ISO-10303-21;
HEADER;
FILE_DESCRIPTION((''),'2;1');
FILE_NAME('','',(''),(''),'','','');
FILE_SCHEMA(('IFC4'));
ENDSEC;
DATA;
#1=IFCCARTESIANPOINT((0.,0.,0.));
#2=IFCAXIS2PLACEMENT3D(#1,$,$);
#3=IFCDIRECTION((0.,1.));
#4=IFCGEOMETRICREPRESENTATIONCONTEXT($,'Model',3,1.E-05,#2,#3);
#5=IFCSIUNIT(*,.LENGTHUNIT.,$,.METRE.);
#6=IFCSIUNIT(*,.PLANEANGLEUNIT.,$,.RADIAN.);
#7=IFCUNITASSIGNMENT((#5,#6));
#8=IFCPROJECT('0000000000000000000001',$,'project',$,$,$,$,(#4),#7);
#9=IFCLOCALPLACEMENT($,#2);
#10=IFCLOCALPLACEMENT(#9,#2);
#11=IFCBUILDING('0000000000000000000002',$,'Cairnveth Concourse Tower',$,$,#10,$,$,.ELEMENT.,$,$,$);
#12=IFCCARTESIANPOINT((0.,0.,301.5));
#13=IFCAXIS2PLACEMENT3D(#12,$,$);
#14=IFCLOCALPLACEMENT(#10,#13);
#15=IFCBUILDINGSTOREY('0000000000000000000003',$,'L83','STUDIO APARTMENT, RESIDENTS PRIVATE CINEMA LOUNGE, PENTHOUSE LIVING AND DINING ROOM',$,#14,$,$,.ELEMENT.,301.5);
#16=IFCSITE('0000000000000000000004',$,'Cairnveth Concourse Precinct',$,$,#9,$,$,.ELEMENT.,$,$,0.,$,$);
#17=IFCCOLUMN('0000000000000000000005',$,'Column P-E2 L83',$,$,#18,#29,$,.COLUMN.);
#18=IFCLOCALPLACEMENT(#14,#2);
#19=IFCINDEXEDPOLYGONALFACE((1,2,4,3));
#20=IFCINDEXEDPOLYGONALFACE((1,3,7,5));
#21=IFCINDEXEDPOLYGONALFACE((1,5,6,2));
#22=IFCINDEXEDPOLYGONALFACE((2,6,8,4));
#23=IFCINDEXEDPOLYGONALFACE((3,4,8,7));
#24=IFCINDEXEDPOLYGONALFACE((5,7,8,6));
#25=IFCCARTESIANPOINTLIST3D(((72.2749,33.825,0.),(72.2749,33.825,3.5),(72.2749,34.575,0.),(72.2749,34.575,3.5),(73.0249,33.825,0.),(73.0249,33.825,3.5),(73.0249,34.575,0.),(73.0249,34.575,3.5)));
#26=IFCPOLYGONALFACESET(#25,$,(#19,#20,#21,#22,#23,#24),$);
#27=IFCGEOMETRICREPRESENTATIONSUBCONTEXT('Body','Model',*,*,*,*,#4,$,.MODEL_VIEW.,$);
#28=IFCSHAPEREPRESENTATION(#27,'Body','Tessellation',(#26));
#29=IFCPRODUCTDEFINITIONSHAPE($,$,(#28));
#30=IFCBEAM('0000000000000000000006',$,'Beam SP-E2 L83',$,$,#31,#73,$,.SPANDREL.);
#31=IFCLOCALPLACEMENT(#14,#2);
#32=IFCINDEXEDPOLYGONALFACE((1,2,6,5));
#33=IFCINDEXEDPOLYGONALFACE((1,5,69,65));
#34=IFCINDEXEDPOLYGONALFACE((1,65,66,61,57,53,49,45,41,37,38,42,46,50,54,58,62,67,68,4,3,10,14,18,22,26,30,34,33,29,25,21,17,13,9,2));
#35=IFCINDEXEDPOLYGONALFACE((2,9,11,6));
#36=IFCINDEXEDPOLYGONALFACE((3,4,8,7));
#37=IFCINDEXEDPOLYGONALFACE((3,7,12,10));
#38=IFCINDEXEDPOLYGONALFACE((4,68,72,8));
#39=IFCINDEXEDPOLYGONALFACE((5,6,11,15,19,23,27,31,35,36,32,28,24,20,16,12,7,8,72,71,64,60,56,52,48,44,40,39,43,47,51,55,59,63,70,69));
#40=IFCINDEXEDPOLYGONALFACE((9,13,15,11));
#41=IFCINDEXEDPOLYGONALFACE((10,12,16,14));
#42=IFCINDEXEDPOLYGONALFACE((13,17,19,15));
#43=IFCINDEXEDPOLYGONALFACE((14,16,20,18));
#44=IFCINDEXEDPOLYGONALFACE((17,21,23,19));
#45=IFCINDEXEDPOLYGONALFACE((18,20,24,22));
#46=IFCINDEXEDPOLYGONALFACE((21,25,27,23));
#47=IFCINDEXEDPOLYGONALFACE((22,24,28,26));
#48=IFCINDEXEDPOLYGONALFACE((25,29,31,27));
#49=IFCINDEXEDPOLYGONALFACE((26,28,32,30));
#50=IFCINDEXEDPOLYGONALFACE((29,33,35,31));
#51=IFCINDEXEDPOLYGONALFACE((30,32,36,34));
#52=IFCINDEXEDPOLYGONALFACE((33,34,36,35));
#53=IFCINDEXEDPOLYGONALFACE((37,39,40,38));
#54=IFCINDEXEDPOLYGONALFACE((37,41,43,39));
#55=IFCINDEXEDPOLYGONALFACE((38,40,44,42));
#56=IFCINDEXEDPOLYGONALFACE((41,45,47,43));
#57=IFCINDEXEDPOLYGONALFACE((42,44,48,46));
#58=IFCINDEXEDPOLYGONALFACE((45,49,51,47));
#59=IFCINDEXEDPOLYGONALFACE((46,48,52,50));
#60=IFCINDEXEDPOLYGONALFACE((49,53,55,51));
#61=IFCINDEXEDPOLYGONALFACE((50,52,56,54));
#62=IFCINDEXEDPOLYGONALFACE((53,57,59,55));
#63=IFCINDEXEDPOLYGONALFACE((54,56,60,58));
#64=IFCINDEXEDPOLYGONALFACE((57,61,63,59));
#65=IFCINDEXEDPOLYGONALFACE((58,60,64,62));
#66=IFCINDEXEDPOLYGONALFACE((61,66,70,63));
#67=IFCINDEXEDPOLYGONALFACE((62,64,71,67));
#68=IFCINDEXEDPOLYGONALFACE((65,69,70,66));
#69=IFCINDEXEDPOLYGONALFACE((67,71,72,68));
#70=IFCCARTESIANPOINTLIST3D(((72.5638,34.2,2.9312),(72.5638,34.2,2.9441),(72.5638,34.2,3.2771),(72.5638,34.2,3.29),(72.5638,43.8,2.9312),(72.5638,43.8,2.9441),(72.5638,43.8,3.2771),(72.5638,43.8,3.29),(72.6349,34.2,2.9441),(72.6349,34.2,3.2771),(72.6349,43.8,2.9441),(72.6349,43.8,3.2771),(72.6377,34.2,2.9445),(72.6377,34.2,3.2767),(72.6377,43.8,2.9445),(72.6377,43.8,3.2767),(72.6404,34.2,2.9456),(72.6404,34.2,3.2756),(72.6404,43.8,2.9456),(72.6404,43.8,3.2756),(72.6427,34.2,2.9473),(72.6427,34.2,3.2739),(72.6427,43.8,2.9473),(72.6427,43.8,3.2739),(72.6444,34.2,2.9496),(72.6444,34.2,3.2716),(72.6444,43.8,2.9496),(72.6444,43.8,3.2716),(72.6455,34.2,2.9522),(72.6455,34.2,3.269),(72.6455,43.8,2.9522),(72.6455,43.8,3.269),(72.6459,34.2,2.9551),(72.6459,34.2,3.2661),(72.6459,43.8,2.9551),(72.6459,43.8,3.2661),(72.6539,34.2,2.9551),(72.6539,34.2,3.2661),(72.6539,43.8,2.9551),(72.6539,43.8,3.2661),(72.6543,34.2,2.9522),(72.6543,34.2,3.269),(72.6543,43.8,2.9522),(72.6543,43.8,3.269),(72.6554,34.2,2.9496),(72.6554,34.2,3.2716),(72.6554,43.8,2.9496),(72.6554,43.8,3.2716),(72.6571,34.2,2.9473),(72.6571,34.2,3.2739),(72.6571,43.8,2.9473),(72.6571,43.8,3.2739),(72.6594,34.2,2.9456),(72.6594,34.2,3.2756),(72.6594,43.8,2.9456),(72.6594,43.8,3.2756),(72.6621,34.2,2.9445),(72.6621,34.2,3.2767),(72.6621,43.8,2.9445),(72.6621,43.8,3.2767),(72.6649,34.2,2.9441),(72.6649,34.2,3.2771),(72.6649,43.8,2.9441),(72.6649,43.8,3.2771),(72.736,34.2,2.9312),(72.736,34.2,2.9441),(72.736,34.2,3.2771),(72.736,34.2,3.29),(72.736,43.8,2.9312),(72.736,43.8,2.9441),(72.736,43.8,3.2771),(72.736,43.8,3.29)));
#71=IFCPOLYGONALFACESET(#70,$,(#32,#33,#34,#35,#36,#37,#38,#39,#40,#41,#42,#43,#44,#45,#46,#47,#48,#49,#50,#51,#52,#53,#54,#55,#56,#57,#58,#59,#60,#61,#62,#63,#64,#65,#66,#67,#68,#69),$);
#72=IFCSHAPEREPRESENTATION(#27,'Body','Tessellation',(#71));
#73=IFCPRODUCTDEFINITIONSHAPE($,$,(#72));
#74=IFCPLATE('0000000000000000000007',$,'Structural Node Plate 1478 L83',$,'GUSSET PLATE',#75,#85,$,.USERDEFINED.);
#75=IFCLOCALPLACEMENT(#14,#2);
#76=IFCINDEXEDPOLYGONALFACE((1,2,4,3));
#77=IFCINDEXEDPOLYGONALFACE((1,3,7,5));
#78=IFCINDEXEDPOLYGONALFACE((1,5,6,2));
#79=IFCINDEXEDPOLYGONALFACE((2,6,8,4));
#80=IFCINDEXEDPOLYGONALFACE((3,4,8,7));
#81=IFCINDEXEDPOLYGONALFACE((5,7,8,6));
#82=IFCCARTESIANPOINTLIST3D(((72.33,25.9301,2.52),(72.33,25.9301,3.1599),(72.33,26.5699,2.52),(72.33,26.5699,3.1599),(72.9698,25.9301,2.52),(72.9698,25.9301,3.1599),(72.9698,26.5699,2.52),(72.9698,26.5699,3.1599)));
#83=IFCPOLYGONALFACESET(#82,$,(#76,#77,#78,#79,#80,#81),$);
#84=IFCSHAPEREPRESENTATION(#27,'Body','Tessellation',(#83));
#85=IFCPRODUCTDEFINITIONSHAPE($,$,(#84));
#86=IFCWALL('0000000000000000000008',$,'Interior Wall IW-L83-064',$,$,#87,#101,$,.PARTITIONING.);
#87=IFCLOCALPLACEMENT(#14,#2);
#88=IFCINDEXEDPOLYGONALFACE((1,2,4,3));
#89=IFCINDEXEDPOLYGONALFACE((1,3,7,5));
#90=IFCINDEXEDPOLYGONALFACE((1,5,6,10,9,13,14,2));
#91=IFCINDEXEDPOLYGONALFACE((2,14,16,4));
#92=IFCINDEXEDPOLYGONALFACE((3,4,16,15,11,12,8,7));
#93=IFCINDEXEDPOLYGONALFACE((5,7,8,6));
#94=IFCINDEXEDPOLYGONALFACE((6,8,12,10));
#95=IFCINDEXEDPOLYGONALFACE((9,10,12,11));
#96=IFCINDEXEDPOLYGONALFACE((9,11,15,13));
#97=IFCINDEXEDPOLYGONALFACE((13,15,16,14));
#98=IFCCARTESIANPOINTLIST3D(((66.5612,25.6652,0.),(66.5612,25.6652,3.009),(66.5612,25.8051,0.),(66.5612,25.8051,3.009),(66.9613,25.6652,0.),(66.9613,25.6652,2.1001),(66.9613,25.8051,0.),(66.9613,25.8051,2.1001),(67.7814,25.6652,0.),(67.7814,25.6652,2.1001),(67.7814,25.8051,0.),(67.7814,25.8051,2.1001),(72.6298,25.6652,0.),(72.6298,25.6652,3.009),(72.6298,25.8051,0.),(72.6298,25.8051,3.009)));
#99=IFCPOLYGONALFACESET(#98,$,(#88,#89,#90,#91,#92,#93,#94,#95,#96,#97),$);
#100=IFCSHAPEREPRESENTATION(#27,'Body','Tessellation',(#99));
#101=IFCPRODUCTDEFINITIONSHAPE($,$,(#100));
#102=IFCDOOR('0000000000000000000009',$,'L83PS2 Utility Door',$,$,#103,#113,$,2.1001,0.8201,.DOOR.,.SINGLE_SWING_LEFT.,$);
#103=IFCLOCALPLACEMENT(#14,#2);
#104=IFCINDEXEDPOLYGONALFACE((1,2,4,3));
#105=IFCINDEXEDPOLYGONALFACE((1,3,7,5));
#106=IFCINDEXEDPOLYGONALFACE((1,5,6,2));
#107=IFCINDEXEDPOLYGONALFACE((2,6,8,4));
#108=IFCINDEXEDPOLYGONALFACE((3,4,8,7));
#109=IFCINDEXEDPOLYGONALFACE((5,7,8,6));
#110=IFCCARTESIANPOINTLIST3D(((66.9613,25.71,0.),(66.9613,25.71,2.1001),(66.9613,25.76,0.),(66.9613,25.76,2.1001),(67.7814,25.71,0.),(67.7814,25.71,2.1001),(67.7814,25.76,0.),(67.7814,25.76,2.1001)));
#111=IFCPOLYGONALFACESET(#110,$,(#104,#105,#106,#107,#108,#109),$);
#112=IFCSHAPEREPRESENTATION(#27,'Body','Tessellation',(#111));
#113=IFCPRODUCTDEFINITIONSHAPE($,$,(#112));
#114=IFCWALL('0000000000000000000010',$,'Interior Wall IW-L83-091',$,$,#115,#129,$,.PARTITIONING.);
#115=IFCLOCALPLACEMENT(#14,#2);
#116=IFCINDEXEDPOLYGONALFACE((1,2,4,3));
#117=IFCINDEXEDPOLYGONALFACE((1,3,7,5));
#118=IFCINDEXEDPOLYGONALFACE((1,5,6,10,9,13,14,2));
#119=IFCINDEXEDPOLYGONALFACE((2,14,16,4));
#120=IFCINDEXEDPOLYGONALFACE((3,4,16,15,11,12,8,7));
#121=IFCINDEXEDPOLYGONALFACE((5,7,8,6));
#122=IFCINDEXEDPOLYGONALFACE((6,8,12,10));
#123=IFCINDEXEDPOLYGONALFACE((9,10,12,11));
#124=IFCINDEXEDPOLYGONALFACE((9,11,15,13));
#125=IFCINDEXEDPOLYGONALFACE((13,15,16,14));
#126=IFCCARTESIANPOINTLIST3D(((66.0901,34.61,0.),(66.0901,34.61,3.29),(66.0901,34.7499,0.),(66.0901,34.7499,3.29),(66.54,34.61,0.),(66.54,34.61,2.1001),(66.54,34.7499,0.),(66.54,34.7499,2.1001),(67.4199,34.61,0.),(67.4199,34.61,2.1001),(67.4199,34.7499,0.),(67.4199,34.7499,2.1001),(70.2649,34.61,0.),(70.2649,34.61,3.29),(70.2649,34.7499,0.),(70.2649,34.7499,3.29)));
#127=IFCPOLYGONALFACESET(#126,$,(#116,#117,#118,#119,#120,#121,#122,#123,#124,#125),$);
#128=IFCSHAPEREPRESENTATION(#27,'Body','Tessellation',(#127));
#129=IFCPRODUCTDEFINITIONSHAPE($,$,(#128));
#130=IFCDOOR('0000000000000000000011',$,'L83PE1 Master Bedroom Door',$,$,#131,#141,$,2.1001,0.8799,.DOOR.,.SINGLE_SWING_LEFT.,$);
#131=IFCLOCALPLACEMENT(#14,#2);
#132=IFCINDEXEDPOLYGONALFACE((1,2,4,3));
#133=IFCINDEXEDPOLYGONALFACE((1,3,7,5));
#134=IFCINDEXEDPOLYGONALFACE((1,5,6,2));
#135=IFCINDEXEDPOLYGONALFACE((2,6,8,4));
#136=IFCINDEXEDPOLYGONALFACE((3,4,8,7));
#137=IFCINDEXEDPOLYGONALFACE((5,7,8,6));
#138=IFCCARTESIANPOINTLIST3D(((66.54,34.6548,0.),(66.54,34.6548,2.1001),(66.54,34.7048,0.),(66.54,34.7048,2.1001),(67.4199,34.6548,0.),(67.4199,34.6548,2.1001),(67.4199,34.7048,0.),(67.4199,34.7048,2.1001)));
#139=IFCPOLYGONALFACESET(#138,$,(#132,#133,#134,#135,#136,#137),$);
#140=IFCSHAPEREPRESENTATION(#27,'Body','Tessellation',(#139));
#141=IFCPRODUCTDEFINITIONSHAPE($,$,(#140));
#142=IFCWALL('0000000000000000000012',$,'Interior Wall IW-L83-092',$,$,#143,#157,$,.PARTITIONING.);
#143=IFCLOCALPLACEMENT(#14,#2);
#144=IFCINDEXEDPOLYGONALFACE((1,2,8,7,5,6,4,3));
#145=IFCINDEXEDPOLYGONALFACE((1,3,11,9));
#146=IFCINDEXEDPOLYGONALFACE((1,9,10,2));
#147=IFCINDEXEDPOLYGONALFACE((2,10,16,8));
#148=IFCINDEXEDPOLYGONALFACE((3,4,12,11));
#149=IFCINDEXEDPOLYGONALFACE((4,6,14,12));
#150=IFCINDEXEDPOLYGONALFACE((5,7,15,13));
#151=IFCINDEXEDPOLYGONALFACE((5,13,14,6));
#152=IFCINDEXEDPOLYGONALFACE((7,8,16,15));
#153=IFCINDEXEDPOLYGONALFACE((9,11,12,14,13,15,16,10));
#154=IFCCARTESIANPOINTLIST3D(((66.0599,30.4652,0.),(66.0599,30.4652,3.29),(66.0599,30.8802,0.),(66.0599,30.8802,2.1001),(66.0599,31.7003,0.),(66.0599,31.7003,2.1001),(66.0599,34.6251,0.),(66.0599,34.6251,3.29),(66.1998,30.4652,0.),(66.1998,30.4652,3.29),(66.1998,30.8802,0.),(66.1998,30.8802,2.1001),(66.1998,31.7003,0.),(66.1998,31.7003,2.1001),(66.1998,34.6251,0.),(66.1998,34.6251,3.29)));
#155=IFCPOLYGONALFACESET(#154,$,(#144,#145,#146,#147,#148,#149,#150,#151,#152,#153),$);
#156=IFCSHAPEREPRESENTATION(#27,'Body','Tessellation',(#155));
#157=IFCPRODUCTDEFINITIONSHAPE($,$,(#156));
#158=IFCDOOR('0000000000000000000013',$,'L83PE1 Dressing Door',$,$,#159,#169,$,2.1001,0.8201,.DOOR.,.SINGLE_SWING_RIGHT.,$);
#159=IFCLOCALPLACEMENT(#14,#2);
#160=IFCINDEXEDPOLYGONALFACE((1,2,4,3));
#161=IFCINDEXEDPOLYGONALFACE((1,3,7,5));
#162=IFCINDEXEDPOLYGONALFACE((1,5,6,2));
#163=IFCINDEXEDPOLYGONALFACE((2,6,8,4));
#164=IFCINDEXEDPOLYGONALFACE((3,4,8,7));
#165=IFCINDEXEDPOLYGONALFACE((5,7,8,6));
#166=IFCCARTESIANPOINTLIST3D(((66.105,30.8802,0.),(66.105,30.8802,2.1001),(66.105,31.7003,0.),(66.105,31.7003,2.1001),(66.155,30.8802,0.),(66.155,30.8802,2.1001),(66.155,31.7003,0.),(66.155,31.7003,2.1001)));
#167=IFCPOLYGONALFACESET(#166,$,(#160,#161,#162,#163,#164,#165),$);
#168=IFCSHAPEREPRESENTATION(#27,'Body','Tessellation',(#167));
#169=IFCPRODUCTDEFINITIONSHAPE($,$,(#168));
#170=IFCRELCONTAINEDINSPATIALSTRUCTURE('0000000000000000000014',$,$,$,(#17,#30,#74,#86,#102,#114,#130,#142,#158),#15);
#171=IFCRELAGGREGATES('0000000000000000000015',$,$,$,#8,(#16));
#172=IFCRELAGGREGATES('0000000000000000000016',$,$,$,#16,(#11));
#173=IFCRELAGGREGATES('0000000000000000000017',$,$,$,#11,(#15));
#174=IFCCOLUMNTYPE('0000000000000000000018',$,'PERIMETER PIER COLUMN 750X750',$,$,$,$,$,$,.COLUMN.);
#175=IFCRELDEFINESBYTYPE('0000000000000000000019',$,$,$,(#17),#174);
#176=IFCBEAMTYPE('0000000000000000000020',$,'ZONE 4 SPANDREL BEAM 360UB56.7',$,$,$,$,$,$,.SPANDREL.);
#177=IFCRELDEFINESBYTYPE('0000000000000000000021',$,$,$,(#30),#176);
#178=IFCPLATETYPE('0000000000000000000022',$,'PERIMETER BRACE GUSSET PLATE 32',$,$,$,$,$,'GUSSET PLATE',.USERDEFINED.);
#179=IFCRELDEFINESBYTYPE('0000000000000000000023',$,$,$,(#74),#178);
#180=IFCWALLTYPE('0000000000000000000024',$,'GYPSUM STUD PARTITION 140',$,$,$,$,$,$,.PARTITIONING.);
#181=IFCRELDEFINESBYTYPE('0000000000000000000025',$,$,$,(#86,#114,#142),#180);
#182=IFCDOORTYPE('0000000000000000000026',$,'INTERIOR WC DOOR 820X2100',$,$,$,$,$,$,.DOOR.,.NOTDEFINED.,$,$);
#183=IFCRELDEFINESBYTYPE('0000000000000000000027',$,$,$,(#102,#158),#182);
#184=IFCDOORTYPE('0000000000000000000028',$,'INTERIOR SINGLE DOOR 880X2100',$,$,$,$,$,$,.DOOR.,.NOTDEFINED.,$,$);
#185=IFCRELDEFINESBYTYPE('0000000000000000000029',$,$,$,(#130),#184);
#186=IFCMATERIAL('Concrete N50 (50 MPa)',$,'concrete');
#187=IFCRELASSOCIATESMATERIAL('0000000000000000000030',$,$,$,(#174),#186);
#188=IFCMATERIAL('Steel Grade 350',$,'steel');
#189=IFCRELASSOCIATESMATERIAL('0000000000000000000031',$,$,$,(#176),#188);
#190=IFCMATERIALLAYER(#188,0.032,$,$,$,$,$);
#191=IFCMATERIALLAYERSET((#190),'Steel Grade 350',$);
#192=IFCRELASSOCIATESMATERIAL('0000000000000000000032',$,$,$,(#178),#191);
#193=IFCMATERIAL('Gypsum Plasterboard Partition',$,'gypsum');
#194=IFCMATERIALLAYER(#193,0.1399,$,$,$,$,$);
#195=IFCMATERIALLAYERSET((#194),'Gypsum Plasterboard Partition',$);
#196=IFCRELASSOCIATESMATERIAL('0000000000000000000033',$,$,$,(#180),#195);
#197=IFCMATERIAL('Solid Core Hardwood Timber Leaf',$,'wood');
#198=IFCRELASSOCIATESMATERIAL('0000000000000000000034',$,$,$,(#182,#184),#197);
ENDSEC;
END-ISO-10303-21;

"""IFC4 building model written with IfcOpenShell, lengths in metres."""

from ifc_helpers import new_model, si_unit, direction, frame, frame_2d, origin, origin_2d, place, context, subcontext, project, spatial, rectangle, i_section, extrude, material, layer, layer_set, material_profile, profile_set, type_object, element, fill, save


model = new_model("IFC4")

# Units and contexts
model_context = context("Model", 3, precision=1e-05, world=origin(), true_north=direction((0.0, 1.0)))
body_context = subcontext(model_context, "Body", "Model", "MODEL_VIEW")
ifc_project = project(units=[si_unit("LENGTHUNIT", "METRE"), si_unit("PLANEANGLEUNIT", "RADIAN")], contexts=[model_context])

# Site, building, storey
site_placement = place(None, origin())
site = spatial("IfcSite", under=ifc_project, at=site_placement, Name="Cairnveth Concourse Precinct", CompositionType="ELEMENT", RefElevation=0.0)
building_placement = place(site_placement, origin())
building = spatial("IfcBuilding", under=site, at=building_placement, Name="Cairnveth Concourse Tower", CompositionType="ELEMENT")
storey_placement = place(building_placement, frame((0.0, 0.0, 301.5)))
storey = spatial("IfcBuildingStorey", under=building, at=storey_placement, Name="L83", Description="STUDIO APARTMENT, RESIDENTS PRIVATE CINEMA LOUNGE, PENTHOUSE LIVING AND DINING ROOM", CompositionType="ELEMENT", Elevation=301.5)

# Column
ifc_material_1 = material(Name="Concrete N50 (50 MPa)", Category="concrete")
ifc_material_profile_1 = material_profile(ifc_material_1, rectangle(XDim=0.75, YDim=0.75, at=origin_2d()), Name="RC-COL-750x750")
ifc_profile_set_1 = profile_set([ifc_material_profile_1], Name="Concrete N50 (50 MPa)")
column_type = type_object("IfcColumnType", Name="PERIMETER PIER COLUMN 750X750", PredefinedType="COLUMN", material=ifc_profile_set_1)
column_placement = place(storey_placement, frame((72.6499, 34.2, 0.0), z_axis=(0.0, 0.0, 1.0), x_axis=(0.0, 1.0, 0.0)))
element("IfcColumn", 1, at=column_placement, inside=storey, type_object=column_type, Name="Column P-E2 L83", PredefinedType="COLUMN", context=body_context, shape_type="SweptSolid", body=[
    extrude(rectangle(XDim=0.75, YDim=0.75, at=origin_2d()), origin(), (0.0, 0.0, 1.0), 3.5),
])

# Beam
ifc_material_2 = material(Name="Steel Grade 350", Category="steel")
ifc_material_profile_2 = material_profile(ifc_material_2, i_section(OverallWidth=0.1721, OverallDepth=0.3589, WebThickness=0.0081, FlangeThickness=0.0129, FilletRadius=0.011, at=origin_2d()), Name="360UB56.7")
ifc_profile_set_2 = profile_set([ifc_material_profile_2], Name="Steel Grade 350")
beam_type = type_object("IfcBeamType", Name="ZONE 4 SPANDREL BEAM 360UB56.7", PredefinedType="SPANDREL", material=ifc_profile_set_2)
beam_placement = place(storey_placement, frame((72.6499, 34.2, 3.1106), z_axis=(0.0, 1.0, 0.0), x_axis=(-1.0, 0.0, 0.0)))
element("IfcBeam", 2, at=beam_placement, inside=storey, type_object=beam_type, Name="Beam SP-E2 L83", PredefinedType="SPANDREL", context=body_context, shape_type="SweptSolid", body=[
    extrude(i_section(OverallWidth=0.1721, OverallDepth=0.3589, WebThickness=0.0081, FlangeThickness=0.0129, FilletRadius=0.011, at=origin_2d()), origin(), (0.0, 0.0, 1.0), 9.6001),
])

# Plate
ifc_layer_1 = layer(ifc_material_2, 0.032)
ifc_layer_set_1 = layer_set([ifc_layer_1], Name="Steel Grade 350")
plate_type = type_object("IfcPlateType", Name="PERIMETER BRACE GUSSET PLATE 32", ElementType="GUSSET PLATE", PredefinedType="USERDEFINED", material=ifc_layer_set_1)
plate_placement = place(storey_placement, frame((72.6499, 26.25, 2.52), z_axis=(0.0, 0.0, 1.0), x_axis=(1.0, 0.0, 0.0)))
element("IfcPlate", 3, at=plate_placement, inside=storey, type_object=plate_type, Name="Structural Node Plate 1478 L83", ObjectType="GUSSET PLATE", PredefinedType="USERDEFINED", context=body_context, shape_type="SweptSolid", body=[
    extrude(rectangle(XDim=0.6399, YDim=0.6399, at=origin_2d()), origin(), (0.0, 0.0, 1.0), 0.6399),
])

# Walls, openings, doors
ifc_material_3 = material(Name="Gypsum Plasterboard Partition", Category="gypsum")
ifc_layer_2 = layer(ifc_material_3, 0.1399)
ifc_layer_set_2 = layer_set([ifc_layer_2], Name="Gypsum Plasterboard Partition")
wall_type_1 = type_object("IfcWallType", Name="GYPSUM STUD PARTITION 140", PredefinedType="PARTITIONING", material=ifc_layer_set_2)
wall_1_placement = place(storey_placement, frame((66.5613, 25.7351, 0.0), z_axis=(0.0, 0.0, 1.0), x_axis=(1.0, 0.0, 0.0)))
wall_1 = element("IfcWall", 4, at=wall_1_placement, inside=storey, type_object=wall_type_1, Name="Interior Wall IW-L83-064", PredefinedType="PARTITIONING", context=body_context, shape_type="SweptSolid", body=[
    extrude(rectangle(XDim=6.0686, YDim=0.1399, at=frame_2d((3.0342, 0.0))), origin(), (0.0, 0.0, 1.0), 3.009),
])
opening_1_placement = place(wall_1_placement, frame((0.3999, 0.0, 0.0)))
opening_1 = element("IfcOpeningElement", 5, at=opening_1_placement, cuts=wall_1, PredefinedType="OPENING", context=body_context, shape_type="SweptSolid", body=[
    extrude(rectangle(XDim=0.8201, YDim=2.1001, at=frame_2d((0.4102, 1.05))), frame((0.0, 0.0798, 0.0), z_axis=(0.0, -1.0, 0.0), x_axis=(1.0, 0.0, 0.0)), (0.0, 0.0, 1.0), 0.1599),
])
ifc_material_4 = material(Name="Solid Core Hardwood Timber Leaf", Category="wood")
door_type_1 = type_object("IfcDoorType", Name="INTERIOR WC DOOR 820X2100", OperationType="NOTDEFINED", PredefinedType="DOOR", material=ifc_material_4)
door_1_placement = place(opening_1_placement, origin())
door_1 = element("IfcDoor", 6, at=door_1_placement, inside=storey, type_object=door_type_1, Name="L83PS2 Utility Door", OperationType="SINGLE_SWING_LEFT", OverallHeight=2.1001, OverallWidth=0.8201, PredefinedType="DOOR", context=body_context, shape_type="SweptSolid", body=[
    extrude(rectangle(XDim=0.8201, YDim=2.1001, at=frame_2d((0.4102, 1.05))), frame((0.0, 0.0249, 0.0), z_axis=(0.0, -1.0, 0.0), x_axis=(1.0, 0.0, 0.0)), (0.0, 0.0, 1.0), 0.05),
])
fill(opening_1, door_1)
wall_2_placement = place(storey_placement, frame((66.0901, 34.6799, 0.0), z_axis=(0.0, 0.0, 1.0), x_axis=(1.0, 0.0, 0.0)))
wall_2 = element("IfcWall", 7, at=wall_2_placement, inside=storey, type_object=wall_type_1, Name="Interior Wall IW-L83-091", PredefinedType="PARTITIONING", context=body_context, shape_type="SweptSolid", body=[
    extrude(rectangle(XDim=4.1748, YDim=0.1399, at=frame_2d((2.0874, 0.0))), origin(), (0.0, 0.0, 1.0), 3.29),
])
opening_2_placement = place(wall_2_placement, frame((0.45, 0.0, 0.0)))
opening_2 = element("IfcOpeningElement", 8, at=opening_2_placement, cuts=wall_2, PredefinedType="OPENING", context=body_context, shape_type="SweptSolid", body=[
    extrude(rectangle(XDim=0.8799, YDim=2.1001, at=frame_2d((0.4399, 1.05))), frame((0.0, 0.0798, 0.0), z_axis=(0.0, -1.0, 0.0), x_axis=(1.0, 0.0, 0.0)), (0.0, 0.0, 1.0), 0.1599),
])
door_type_2 = type_object("IfcDoorType", Name="INTERIOR SINGLE DOOR 880X2100", OperationType="NOTDEFINED", PredefinedType="DOOR", material=ifc_material_4)
door_2_placement = place(opening_2_placement, origin())
door_2 = element("IfcDoor", 9, at=door_2_placement, inside=storey, type_object=door_type_2, Name="L83PE1 Master Bedroom Door", OperationType="SINGLE_SWING_LEFT", OverallHeight=2.1001, OverallWidth=0.8799, PredefinedType="DOOR", context=body_context, shape_type="SweptSolid", body=[
    extrude(rectangle(XDim=0.8799, YDim=2.1001, at=frame_2d((0.4399, 1.05))), frame((0.0, 0.0249, 0.0), z_axis=(0.0, -1.0, 0.0), x_axis=(1.0, 0.0, 0.0)), (0.0, 0.0, 1.0), 0.05),
])
fill(opening_2, door_2)
wall_3_placement = place(storey_placement, frame((66.1299, 30.4651, 0.0), z_axis=(0.0, 0.0, 1.0), x_axis=(0.0, 1.0, 0.0)))
wall_3 = element("IfcWall", 10, at=wall_3_placement, inside=storey, type_object=wall_type_1, Name="Interior Wall IW-L83-092", PredefinedType="PARTITIONING", context=body_context, shape_type="SweptSolid", body=[
    extrude(rectangle(XDim=4.1599, YDim=0.1399, at=frame_2d((2.0801, 0.0))), origin(), (0.0, 0.0, 1.0), 3.29),
])
opening_3_placement = place(wall_3_placement, frame((0.415, 0.0, 0.0)))
opening_3 = element("IfcOpeningElement", 11, at=opening_3_placement, cuts=wall_3, PredefinedType="OPENING", context=body_context, shape_type="SweptSolid", body=[
    extrude(rectangle(XDim=0.8201, YDim=2.1001, at=frame_2d((0.4102, 1.05))), frame((0.0, 0.0798, 0.0), z_axis=(0.0, -1.0, 0.0), x_axis=(1.0, 0.0, 0.0)), (0.0, 0.0, 1.0), 0.1599),
])
door_3_placement = place(opening_3_placement, origin())
door_3 = element("IfcDoor", 12, at=door_3_placement, inside=storey, type_object=door_type_1, Name="L83PE1 Dressing Door", OperationType="SINGLE_SWING_RIGHT", OverallHeight=2.1001, OverallWidth=0.8201, PredefinedType="DOOR", context=body_context, shape_type="SweptSolid", body=[
    extrude(rectangle(XDim=0.8201, YDim=2.1001, at=frame_2d((0.4102, 1.05))), frame((0.0, 0.0249, 0.0), z_axis=(0.0, -1.0, 0.0), x_axis=(1.0, 0.0, 0.0)), (0.0, 0.0, 1.0), 0.05),
])
fill(opening_3, door_3)

save(model, "model.ifc")
